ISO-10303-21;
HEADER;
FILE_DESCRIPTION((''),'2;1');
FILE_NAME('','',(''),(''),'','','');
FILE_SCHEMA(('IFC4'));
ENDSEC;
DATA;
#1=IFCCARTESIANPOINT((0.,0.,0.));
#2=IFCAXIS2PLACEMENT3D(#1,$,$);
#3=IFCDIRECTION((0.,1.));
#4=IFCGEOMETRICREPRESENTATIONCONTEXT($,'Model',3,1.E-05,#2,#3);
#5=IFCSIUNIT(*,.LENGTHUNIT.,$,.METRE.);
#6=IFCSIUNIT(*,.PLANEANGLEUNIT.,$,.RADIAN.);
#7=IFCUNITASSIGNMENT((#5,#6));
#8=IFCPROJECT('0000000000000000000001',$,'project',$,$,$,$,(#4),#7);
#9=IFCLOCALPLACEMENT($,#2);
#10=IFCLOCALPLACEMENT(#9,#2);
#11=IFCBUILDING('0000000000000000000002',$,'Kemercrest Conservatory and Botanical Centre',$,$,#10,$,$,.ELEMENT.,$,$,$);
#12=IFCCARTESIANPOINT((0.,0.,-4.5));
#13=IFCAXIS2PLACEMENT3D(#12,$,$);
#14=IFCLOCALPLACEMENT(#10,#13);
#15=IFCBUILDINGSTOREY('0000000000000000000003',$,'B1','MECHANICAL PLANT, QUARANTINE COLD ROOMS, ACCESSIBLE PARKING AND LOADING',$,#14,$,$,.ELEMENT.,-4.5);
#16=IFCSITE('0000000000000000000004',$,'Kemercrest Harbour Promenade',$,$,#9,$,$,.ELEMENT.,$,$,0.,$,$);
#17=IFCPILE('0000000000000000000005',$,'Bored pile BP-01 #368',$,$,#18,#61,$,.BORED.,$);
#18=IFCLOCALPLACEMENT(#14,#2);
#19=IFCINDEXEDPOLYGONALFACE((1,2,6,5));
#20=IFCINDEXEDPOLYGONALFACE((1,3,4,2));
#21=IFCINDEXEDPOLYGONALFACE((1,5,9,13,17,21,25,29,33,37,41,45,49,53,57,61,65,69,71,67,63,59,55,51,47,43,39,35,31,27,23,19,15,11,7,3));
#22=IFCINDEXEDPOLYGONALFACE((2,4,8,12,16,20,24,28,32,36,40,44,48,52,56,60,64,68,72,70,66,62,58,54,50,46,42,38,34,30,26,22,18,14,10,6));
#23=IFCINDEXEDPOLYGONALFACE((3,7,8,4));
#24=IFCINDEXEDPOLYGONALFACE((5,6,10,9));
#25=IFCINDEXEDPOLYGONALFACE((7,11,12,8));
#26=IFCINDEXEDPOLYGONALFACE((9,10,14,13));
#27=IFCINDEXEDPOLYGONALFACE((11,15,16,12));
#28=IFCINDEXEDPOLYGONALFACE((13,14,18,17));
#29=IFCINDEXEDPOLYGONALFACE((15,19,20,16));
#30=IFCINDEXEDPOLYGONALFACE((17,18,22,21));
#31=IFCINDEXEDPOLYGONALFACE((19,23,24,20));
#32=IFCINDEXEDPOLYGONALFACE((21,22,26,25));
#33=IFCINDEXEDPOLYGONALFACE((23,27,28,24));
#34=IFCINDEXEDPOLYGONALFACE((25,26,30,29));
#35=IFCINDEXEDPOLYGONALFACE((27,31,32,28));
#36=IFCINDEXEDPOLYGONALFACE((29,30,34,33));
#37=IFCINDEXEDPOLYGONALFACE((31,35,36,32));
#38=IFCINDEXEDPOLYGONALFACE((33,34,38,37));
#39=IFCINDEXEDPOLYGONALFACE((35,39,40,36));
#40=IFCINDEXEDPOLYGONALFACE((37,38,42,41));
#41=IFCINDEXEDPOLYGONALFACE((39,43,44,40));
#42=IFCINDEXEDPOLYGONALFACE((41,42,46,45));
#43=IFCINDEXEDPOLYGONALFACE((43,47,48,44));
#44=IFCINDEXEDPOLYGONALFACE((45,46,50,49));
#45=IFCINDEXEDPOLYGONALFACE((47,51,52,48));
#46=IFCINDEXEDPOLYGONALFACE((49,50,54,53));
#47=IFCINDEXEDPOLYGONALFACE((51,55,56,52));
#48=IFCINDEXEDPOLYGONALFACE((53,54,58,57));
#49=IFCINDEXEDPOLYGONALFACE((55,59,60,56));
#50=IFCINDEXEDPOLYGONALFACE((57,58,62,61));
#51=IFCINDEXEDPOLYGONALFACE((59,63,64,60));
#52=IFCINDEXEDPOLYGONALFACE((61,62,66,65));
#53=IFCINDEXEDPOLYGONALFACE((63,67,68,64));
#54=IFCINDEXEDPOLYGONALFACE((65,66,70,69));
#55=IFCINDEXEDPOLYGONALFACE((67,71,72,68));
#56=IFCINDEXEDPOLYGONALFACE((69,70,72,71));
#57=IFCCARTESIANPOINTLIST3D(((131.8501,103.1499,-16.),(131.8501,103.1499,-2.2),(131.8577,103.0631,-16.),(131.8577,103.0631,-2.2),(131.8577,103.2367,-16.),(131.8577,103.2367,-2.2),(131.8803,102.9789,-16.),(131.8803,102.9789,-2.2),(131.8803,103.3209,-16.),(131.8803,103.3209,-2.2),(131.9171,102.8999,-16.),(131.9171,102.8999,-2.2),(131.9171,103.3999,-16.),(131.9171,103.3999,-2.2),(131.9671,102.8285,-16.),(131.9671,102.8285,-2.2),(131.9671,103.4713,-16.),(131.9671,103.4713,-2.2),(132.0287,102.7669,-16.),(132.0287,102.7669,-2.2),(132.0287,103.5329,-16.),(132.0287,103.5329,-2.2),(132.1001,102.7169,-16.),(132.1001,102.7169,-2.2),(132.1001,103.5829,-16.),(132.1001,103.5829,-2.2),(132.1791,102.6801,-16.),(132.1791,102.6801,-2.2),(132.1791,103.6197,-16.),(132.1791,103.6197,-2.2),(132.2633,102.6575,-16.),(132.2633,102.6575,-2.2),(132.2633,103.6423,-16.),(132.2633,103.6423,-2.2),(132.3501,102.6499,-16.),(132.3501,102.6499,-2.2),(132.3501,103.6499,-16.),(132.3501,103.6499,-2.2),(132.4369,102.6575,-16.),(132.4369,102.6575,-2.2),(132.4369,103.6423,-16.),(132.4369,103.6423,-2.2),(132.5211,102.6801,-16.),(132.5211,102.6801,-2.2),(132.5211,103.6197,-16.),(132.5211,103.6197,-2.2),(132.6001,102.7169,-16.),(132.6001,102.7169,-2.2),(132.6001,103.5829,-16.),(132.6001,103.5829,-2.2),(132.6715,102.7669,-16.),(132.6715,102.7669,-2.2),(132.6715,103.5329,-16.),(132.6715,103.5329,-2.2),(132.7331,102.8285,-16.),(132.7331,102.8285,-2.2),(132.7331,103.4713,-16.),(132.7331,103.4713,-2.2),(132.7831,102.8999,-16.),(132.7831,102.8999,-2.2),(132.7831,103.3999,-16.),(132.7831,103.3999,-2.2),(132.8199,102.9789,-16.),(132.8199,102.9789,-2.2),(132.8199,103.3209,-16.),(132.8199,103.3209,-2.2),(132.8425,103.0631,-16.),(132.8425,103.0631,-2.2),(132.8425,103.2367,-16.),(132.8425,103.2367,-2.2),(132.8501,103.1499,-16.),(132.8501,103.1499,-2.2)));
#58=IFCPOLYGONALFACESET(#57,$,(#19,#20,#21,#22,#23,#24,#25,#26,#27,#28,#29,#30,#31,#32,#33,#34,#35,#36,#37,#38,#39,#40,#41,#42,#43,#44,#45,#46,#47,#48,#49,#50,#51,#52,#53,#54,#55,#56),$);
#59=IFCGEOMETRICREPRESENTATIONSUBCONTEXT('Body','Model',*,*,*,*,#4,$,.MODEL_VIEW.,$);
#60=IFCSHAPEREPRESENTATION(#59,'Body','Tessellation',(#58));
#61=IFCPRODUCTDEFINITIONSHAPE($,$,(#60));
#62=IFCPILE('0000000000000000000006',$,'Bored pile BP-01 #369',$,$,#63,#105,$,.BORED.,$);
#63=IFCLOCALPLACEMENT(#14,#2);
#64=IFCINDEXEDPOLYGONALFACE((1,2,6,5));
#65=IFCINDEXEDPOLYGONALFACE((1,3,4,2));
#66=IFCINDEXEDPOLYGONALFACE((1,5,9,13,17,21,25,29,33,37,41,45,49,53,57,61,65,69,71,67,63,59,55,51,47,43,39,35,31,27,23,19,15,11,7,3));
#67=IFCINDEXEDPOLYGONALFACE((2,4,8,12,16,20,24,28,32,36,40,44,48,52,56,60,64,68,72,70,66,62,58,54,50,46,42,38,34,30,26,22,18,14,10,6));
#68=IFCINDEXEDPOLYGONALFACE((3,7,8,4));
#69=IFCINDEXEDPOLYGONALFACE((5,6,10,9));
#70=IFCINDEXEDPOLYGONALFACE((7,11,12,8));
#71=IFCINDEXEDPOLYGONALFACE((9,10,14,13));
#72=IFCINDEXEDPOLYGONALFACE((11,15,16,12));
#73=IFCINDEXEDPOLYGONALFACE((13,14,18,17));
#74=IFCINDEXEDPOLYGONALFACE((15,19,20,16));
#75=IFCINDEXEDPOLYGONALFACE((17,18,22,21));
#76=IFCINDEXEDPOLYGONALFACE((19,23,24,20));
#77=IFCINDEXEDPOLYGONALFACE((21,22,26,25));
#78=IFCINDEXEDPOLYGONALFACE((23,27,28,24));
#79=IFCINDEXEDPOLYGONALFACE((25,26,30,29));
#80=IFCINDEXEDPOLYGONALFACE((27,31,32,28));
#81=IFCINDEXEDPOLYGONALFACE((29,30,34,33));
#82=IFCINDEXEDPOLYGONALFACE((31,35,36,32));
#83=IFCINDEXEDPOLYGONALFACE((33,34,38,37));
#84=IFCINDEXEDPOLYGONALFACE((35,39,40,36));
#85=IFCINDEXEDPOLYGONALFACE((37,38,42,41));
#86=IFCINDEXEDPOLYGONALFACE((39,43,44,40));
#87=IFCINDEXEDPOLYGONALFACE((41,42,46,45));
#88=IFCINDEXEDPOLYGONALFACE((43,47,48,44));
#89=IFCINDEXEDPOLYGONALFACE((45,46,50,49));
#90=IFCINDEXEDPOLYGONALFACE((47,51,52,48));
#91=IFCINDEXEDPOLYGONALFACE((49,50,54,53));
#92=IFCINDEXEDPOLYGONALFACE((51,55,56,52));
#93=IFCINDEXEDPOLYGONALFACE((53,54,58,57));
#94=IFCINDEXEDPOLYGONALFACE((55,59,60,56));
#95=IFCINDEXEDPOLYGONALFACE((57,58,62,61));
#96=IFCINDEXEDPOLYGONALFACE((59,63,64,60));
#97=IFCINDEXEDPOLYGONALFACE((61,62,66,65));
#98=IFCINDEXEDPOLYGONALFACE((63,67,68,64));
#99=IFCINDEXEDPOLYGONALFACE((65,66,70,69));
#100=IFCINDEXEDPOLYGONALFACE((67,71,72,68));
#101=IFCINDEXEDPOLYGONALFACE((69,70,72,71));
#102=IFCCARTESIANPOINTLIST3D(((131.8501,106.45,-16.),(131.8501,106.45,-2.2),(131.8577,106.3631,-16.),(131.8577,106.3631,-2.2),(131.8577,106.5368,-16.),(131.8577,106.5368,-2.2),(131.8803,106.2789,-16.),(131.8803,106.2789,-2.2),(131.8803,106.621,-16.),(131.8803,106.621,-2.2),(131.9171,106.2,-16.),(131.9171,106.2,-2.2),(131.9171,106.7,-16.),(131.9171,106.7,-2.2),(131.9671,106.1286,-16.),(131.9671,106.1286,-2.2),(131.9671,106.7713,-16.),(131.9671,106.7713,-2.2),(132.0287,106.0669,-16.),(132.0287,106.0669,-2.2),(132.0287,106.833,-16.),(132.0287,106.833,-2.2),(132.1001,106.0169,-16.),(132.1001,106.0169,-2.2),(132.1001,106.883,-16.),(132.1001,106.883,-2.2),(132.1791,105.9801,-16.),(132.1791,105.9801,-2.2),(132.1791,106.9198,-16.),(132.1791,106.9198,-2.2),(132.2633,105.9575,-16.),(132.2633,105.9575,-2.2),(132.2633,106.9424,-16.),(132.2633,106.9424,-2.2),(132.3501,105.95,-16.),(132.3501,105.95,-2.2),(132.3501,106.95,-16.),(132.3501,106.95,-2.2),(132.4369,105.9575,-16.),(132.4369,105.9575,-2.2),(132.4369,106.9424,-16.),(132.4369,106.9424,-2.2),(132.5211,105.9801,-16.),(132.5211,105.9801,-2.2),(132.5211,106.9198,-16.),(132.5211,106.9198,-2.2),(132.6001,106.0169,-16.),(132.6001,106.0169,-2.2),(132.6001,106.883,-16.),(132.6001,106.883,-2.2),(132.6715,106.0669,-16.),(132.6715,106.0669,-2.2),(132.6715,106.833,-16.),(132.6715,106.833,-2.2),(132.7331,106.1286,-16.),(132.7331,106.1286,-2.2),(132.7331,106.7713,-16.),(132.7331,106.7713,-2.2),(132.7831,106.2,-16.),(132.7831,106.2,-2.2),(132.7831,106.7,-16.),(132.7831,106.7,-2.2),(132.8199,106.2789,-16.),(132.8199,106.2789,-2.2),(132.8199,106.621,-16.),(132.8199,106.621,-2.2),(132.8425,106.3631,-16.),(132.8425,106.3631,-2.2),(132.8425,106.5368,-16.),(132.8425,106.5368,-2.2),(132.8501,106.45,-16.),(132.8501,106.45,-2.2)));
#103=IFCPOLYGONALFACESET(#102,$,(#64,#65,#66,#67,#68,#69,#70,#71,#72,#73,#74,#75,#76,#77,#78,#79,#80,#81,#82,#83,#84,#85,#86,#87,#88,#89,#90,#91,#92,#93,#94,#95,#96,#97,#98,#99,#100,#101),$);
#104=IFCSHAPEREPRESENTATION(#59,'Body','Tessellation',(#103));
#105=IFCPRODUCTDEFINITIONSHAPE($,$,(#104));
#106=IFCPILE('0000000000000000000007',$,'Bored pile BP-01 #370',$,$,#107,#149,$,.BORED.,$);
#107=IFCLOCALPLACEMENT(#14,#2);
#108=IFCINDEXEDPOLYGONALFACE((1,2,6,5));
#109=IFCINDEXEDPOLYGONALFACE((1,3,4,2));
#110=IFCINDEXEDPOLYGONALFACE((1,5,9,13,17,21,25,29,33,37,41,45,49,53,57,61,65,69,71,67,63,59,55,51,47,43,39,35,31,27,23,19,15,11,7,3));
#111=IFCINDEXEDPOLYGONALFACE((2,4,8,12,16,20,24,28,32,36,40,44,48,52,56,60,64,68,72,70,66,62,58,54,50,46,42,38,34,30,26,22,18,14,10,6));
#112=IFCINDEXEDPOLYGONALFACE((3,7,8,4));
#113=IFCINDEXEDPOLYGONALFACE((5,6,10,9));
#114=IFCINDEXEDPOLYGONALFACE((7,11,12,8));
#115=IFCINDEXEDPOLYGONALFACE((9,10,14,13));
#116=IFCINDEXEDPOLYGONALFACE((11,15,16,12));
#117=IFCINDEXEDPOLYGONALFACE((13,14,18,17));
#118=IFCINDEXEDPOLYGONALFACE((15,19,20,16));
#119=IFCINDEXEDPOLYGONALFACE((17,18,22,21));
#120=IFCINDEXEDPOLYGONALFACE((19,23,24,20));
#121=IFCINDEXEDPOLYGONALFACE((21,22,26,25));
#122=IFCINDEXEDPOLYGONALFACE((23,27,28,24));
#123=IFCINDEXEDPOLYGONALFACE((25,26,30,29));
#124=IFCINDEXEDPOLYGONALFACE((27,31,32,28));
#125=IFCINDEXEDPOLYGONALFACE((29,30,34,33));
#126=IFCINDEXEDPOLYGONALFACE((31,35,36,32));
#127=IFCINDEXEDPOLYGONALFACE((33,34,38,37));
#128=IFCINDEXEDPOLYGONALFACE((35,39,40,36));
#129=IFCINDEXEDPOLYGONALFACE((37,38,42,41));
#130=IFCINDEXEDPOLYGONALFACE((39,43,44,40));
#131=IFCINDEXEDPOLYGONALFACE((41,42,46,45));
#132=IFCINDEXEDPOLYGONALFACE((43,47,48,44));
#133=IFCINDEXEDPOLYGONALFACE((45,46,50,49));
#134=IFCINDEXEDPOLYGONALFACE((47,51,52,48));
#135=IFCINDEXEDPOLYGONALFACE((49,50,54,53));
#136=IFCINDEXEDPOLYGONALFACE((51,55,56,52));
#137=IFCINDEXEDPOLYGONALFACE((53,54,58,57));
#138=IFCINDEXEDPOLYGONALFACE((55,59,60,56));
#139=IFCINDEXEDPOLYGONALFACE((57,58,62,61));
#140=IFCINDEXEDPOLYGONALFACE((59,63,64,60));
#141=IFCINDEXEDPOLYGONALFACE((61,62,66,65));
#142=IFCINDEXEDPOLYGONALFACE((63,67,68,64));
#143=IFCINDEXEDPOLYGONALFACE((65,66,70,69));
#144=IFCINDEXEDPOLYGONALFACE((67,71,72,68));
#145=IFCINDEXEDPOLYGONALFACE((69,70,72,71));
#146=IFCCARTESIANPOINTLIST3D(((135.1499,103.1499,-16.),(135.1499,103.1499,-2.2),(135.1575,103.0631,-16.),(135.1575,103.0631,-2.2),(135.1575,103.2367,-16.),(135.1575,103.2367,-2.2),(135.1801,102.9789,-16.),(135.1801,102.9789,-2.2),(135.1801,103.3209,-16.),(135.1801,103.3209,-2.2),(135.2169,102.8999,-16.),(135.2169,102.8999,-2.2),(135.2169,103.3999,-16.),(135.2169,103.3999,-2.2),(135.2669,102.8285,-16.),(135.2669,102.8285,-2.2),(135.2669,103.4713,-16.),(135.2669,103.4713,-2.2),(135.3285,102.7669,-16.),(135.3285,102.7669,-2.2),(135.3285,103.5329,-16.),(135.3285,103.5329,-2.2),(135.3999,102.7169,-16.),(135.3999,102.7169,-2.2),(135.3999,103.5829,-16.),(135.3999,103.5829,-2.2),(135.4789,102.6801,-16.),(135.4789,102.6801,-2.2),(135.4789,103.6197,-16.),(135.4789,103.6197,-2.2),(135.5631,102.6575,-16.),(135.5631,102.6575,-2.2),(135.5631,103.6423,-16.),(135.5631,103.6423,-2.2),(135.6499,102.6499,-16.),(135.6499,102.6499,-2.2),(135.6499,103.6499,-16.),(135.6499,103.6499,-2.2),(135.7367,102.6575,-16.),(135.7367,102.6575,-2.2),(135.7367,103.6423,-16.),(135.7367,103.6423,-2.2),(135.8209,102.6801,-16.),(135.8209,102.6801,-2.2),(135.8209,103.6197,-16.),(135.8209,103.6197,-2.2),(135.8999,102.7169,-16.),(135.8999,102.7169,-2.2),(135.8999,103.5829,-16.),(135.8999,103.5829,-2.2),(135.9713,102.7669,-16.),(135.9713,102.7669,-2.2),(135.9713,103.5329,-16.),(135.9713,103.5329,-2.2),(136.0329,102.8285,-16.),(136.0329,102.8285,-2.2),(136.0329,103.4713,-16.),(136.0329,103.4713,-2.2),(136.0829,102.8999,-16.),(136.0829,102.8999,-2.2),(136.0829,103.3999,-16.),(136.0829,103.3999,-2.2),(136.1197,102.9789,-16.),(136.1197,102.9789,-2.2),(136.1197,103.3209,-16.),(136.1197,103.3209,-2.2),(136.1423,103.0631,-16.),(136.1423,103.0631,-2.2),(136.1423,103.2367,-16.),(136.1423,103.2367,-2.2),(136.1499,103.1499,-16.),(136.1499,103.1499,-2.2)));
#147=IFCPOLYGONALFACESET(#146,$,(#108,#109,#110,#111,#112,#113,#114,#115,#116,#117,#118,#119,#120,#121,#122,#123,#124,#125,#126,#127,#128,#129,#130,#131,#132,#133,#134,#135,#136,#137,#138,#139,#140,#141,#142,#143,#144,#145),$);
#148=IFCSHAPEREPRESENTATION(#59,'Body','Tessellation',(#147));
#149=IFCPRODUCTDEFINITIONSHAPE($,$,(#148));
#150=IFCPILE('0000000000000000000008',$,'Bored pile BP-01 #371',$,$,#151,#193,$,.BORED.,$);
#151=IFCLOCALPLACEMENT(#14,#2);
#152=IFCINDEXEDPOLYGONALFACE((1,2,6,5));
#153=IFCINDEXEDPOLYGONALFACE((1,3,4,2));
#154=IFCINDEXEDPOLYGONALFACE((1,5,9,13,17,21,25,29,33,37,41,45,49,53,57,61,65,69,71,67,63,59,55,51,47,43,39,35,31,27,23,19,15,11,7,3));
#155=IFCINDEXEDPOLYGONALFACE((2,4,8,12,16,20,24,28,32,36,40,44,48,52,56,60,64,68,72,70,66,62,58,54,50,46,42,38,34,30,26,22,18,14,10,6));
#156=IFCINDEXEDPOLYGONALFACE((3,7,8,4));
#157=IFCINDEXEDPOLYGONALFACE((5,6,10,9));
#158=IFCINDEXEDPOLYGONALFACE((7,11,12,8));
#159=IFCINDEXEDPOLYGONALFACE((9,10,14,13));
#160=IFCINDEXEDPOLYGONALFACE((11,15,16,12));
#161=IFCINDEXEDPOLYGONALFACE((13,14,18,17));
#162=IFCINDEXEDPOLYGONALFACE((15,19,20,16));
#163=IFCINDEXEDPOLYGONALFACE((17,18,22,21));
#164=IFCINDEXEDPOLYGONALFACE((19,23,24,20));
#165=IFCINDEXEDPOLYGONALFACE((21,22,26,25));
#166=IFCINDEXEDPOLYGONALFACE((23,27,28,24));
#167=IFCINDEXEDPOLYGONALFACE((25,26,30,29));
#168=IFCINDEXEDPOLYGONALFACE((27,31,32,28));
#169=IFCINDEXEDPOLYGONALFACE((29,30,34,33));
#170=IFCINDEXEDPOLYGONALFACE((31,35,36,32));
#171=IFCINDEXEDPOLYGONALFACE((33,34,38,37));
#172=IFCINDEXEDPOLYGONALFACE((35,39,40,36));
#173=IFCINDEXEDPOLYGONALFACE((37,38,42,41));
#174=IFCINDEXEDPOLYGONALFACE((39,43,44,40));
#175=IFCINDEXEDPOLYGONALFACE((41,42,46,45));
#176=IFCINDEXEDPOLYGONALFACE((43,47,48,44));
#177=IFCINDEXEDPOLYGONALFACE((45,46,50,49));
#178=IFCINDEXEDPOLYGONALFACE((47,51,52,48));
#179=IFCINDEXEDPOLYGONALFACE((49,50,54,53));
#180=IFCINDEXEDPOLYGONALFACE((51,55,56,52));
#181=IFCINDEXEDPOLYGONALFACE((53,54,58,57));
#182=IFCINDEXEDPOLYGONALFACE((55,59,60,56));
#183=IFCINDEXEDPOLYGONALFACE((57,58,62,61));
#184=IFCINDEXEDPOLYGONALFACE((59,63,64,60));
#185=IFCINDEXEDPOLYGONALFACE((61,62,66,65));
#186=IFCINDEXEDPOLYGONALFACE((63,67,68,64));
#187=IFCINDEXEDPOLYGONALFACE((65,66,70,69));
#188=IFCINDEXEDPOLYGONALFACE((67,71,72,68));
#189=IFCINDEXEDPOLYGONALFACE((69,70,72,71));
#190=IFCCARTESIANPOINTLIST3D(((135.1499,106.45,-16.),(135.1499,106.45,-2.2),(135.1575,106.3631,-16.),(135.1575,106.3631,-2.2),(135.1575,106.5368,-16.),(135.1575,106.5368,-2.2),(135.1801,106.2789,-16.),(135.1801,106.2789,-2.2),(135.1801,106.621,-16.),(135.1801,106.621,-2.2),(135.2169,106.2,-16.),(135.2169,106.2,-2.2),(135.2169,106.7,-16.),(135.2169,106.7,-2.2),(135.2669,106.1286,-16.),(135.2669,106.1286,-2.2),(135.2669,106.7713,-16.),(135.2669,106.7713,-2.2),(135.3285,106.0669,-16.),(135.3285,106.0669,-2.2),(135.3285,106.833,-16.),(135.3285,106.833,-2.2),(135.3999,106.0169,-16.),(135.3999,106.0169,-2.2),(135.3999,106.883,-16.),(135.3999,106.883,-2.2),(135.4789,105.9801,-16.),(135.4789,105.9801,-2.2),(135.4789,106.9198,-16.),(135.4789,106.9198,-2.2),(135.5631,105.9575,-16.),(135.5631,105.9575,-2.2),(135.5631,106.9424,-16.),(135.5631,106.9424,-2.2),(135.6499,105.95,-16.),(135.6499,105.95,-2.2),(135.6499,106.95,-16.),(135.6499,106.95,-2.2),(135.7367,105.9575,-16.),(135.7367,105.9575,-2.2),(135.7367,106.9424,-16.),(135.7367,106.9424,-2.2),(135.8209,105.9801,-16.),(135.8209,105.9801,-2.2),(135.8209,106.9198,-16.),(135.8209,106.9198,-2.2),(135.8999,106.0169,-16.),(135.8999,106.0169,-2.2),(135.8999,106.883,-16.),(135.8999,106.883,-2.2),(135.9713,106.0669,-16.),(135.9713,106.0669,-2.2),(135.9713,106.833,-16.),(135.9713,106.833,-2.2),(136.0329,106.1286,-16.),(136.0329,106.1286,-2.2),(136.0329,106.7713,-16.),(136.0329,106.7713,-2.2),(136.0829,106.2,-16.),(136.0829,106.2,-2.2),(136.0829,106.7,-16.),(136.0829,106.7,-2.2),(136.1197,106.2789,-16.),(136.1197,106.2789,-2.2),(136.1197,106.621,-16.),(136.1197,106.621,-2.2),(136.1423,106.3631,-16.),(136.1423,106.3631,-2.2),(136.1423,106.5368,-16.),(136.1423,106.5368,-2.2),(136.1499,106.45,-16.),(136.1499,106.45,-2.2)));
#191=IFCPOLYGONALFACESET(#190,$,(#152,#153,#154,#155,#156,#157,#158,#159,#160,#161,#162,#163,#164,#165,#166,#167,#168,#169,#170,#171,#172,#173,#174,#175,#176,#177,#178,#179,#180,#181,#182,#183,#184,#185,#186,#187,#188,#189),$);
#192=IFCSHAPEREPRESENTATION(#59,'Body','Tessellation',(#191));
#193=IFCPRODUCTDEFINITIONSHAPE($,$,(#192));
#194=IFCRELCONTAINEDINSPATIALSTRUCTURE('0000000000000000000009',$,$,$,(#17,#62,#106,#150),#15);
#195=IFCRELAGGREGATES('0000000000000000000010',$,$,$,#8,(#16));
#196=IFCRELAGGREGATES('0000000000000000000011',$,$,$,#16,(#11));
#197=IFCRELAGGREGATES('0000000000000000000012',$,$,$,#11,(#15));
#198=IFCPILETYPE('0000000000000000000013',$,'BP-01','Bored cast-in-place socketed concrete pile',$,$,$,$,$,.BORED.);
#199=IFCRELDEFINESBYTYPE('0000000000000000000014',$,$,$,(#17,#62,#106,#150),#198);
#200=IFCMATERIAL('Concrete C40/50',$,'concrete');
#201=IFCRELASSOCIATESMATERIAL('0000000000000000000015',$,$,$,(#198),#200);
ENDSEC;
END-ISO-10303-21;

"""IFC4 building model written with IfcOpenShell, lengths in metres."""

from ifc_helpers import new_model, si_unit, direction, frame, origin, origin_2d, place, context, subcontext, project, spatial, circle, extrude, material, material_profile, profile_set, type_object, element, save


model = new_model("IFC4")

# Units and contexts
model_context = context("Model", 3, precision=1e-05, world=origin(), true_north=direction((0.0, 1.0)))
body_context = subcontext(model_context, "Body", "Model", "MODEL_VIEW")
ifc_project = project(units=[si_unit("LENGTHUNIT", "METRE"), si_unit("PLANEANGLEUNIT", "RADIAN")], contexts=[model_context])

# Site, building, storey
site_placement = place(None, origin())
site = spatial("IfcSite", under=ifc_project, at=site_placement, Name="Kemercrest Harbour Promenade", CompositionType="ELEMENT", RefElevation=0.0)
building_placement = place(site_placement, origin())
building = spatial("IfcBuilding", under=site, at=building_placement, Name="Kemercrest Conservatory and Botanical Centre", CompositionType="ELEMENT")
storey_placement = place(building_placement, frame((0.0, 0.0, -4.5)))
storey = spatial("IfcBuildingStorey", under=building, at=storey_placement, Name="B1", Description="MECHANICAL PLANT, QUARANTINE COLD ROOMS, ACCESSIBLE PARKING AND LOADING", CompositionType="ELEMENT", Elevation=-4.5)

# Piles
ifc_material_1 = material(Name="Concrete C40/50", Category="concrete")
ifc_material_profile_1 = material_profile(ifc_material_1, circle(Radius=0.5, at=origin_2d()), Name="BORED PILE 1000")
ifc_profile_set_1 = profile_set([ifc_material_profile_1], Name="Concrete C40/50")
pile_type = type_object("IfcPileType", Name="BP-01", Description="Bored cast-in-place socketed concrete pile", PredefinedType="BORED", material=ifc_profile_set_1)
for number, where, z_axis, x_axis, name in (
    (1, (132.3501, 103.1499, -2.2), (0.0, 0.0, -1.0), (1.0, 0.0, 0.0), "Bored pile BP-01 #368"),
    (2, (132.3501, 106.45, -2.2), (0.0, 0.0, -1.0), (1.0, 0.0, 0.0), "Bored pile BP-01 #369"),
    (3, (135.6499, 103.1499, -2.2), (0.0, 0.0, -1.0), (1.0, 0.0, 0.0), "Bored pile BP-01 #370"),
    (4, (135.6499, 106.45, -2.2), (0.0, 0.0, -1.0), (1.0, 0.0, 0.0), "Bored pile BP-01 #371"),
):
    element("IfcPile", number, at=place(storey_placement, frame(where, z_axis=z_axis, x_axis=x_axis)), inside=storey, type_object=pile_type, Name=name, PredefinedType="BORED", context=body_context, shape_type="SweptSolid", body=[
        extrude(circle(Radius=0.5, at=origin_2d()), origin(), (0.0, 0.0, 1.0), 13.8),
    ])

save(model, "model.ifc")
